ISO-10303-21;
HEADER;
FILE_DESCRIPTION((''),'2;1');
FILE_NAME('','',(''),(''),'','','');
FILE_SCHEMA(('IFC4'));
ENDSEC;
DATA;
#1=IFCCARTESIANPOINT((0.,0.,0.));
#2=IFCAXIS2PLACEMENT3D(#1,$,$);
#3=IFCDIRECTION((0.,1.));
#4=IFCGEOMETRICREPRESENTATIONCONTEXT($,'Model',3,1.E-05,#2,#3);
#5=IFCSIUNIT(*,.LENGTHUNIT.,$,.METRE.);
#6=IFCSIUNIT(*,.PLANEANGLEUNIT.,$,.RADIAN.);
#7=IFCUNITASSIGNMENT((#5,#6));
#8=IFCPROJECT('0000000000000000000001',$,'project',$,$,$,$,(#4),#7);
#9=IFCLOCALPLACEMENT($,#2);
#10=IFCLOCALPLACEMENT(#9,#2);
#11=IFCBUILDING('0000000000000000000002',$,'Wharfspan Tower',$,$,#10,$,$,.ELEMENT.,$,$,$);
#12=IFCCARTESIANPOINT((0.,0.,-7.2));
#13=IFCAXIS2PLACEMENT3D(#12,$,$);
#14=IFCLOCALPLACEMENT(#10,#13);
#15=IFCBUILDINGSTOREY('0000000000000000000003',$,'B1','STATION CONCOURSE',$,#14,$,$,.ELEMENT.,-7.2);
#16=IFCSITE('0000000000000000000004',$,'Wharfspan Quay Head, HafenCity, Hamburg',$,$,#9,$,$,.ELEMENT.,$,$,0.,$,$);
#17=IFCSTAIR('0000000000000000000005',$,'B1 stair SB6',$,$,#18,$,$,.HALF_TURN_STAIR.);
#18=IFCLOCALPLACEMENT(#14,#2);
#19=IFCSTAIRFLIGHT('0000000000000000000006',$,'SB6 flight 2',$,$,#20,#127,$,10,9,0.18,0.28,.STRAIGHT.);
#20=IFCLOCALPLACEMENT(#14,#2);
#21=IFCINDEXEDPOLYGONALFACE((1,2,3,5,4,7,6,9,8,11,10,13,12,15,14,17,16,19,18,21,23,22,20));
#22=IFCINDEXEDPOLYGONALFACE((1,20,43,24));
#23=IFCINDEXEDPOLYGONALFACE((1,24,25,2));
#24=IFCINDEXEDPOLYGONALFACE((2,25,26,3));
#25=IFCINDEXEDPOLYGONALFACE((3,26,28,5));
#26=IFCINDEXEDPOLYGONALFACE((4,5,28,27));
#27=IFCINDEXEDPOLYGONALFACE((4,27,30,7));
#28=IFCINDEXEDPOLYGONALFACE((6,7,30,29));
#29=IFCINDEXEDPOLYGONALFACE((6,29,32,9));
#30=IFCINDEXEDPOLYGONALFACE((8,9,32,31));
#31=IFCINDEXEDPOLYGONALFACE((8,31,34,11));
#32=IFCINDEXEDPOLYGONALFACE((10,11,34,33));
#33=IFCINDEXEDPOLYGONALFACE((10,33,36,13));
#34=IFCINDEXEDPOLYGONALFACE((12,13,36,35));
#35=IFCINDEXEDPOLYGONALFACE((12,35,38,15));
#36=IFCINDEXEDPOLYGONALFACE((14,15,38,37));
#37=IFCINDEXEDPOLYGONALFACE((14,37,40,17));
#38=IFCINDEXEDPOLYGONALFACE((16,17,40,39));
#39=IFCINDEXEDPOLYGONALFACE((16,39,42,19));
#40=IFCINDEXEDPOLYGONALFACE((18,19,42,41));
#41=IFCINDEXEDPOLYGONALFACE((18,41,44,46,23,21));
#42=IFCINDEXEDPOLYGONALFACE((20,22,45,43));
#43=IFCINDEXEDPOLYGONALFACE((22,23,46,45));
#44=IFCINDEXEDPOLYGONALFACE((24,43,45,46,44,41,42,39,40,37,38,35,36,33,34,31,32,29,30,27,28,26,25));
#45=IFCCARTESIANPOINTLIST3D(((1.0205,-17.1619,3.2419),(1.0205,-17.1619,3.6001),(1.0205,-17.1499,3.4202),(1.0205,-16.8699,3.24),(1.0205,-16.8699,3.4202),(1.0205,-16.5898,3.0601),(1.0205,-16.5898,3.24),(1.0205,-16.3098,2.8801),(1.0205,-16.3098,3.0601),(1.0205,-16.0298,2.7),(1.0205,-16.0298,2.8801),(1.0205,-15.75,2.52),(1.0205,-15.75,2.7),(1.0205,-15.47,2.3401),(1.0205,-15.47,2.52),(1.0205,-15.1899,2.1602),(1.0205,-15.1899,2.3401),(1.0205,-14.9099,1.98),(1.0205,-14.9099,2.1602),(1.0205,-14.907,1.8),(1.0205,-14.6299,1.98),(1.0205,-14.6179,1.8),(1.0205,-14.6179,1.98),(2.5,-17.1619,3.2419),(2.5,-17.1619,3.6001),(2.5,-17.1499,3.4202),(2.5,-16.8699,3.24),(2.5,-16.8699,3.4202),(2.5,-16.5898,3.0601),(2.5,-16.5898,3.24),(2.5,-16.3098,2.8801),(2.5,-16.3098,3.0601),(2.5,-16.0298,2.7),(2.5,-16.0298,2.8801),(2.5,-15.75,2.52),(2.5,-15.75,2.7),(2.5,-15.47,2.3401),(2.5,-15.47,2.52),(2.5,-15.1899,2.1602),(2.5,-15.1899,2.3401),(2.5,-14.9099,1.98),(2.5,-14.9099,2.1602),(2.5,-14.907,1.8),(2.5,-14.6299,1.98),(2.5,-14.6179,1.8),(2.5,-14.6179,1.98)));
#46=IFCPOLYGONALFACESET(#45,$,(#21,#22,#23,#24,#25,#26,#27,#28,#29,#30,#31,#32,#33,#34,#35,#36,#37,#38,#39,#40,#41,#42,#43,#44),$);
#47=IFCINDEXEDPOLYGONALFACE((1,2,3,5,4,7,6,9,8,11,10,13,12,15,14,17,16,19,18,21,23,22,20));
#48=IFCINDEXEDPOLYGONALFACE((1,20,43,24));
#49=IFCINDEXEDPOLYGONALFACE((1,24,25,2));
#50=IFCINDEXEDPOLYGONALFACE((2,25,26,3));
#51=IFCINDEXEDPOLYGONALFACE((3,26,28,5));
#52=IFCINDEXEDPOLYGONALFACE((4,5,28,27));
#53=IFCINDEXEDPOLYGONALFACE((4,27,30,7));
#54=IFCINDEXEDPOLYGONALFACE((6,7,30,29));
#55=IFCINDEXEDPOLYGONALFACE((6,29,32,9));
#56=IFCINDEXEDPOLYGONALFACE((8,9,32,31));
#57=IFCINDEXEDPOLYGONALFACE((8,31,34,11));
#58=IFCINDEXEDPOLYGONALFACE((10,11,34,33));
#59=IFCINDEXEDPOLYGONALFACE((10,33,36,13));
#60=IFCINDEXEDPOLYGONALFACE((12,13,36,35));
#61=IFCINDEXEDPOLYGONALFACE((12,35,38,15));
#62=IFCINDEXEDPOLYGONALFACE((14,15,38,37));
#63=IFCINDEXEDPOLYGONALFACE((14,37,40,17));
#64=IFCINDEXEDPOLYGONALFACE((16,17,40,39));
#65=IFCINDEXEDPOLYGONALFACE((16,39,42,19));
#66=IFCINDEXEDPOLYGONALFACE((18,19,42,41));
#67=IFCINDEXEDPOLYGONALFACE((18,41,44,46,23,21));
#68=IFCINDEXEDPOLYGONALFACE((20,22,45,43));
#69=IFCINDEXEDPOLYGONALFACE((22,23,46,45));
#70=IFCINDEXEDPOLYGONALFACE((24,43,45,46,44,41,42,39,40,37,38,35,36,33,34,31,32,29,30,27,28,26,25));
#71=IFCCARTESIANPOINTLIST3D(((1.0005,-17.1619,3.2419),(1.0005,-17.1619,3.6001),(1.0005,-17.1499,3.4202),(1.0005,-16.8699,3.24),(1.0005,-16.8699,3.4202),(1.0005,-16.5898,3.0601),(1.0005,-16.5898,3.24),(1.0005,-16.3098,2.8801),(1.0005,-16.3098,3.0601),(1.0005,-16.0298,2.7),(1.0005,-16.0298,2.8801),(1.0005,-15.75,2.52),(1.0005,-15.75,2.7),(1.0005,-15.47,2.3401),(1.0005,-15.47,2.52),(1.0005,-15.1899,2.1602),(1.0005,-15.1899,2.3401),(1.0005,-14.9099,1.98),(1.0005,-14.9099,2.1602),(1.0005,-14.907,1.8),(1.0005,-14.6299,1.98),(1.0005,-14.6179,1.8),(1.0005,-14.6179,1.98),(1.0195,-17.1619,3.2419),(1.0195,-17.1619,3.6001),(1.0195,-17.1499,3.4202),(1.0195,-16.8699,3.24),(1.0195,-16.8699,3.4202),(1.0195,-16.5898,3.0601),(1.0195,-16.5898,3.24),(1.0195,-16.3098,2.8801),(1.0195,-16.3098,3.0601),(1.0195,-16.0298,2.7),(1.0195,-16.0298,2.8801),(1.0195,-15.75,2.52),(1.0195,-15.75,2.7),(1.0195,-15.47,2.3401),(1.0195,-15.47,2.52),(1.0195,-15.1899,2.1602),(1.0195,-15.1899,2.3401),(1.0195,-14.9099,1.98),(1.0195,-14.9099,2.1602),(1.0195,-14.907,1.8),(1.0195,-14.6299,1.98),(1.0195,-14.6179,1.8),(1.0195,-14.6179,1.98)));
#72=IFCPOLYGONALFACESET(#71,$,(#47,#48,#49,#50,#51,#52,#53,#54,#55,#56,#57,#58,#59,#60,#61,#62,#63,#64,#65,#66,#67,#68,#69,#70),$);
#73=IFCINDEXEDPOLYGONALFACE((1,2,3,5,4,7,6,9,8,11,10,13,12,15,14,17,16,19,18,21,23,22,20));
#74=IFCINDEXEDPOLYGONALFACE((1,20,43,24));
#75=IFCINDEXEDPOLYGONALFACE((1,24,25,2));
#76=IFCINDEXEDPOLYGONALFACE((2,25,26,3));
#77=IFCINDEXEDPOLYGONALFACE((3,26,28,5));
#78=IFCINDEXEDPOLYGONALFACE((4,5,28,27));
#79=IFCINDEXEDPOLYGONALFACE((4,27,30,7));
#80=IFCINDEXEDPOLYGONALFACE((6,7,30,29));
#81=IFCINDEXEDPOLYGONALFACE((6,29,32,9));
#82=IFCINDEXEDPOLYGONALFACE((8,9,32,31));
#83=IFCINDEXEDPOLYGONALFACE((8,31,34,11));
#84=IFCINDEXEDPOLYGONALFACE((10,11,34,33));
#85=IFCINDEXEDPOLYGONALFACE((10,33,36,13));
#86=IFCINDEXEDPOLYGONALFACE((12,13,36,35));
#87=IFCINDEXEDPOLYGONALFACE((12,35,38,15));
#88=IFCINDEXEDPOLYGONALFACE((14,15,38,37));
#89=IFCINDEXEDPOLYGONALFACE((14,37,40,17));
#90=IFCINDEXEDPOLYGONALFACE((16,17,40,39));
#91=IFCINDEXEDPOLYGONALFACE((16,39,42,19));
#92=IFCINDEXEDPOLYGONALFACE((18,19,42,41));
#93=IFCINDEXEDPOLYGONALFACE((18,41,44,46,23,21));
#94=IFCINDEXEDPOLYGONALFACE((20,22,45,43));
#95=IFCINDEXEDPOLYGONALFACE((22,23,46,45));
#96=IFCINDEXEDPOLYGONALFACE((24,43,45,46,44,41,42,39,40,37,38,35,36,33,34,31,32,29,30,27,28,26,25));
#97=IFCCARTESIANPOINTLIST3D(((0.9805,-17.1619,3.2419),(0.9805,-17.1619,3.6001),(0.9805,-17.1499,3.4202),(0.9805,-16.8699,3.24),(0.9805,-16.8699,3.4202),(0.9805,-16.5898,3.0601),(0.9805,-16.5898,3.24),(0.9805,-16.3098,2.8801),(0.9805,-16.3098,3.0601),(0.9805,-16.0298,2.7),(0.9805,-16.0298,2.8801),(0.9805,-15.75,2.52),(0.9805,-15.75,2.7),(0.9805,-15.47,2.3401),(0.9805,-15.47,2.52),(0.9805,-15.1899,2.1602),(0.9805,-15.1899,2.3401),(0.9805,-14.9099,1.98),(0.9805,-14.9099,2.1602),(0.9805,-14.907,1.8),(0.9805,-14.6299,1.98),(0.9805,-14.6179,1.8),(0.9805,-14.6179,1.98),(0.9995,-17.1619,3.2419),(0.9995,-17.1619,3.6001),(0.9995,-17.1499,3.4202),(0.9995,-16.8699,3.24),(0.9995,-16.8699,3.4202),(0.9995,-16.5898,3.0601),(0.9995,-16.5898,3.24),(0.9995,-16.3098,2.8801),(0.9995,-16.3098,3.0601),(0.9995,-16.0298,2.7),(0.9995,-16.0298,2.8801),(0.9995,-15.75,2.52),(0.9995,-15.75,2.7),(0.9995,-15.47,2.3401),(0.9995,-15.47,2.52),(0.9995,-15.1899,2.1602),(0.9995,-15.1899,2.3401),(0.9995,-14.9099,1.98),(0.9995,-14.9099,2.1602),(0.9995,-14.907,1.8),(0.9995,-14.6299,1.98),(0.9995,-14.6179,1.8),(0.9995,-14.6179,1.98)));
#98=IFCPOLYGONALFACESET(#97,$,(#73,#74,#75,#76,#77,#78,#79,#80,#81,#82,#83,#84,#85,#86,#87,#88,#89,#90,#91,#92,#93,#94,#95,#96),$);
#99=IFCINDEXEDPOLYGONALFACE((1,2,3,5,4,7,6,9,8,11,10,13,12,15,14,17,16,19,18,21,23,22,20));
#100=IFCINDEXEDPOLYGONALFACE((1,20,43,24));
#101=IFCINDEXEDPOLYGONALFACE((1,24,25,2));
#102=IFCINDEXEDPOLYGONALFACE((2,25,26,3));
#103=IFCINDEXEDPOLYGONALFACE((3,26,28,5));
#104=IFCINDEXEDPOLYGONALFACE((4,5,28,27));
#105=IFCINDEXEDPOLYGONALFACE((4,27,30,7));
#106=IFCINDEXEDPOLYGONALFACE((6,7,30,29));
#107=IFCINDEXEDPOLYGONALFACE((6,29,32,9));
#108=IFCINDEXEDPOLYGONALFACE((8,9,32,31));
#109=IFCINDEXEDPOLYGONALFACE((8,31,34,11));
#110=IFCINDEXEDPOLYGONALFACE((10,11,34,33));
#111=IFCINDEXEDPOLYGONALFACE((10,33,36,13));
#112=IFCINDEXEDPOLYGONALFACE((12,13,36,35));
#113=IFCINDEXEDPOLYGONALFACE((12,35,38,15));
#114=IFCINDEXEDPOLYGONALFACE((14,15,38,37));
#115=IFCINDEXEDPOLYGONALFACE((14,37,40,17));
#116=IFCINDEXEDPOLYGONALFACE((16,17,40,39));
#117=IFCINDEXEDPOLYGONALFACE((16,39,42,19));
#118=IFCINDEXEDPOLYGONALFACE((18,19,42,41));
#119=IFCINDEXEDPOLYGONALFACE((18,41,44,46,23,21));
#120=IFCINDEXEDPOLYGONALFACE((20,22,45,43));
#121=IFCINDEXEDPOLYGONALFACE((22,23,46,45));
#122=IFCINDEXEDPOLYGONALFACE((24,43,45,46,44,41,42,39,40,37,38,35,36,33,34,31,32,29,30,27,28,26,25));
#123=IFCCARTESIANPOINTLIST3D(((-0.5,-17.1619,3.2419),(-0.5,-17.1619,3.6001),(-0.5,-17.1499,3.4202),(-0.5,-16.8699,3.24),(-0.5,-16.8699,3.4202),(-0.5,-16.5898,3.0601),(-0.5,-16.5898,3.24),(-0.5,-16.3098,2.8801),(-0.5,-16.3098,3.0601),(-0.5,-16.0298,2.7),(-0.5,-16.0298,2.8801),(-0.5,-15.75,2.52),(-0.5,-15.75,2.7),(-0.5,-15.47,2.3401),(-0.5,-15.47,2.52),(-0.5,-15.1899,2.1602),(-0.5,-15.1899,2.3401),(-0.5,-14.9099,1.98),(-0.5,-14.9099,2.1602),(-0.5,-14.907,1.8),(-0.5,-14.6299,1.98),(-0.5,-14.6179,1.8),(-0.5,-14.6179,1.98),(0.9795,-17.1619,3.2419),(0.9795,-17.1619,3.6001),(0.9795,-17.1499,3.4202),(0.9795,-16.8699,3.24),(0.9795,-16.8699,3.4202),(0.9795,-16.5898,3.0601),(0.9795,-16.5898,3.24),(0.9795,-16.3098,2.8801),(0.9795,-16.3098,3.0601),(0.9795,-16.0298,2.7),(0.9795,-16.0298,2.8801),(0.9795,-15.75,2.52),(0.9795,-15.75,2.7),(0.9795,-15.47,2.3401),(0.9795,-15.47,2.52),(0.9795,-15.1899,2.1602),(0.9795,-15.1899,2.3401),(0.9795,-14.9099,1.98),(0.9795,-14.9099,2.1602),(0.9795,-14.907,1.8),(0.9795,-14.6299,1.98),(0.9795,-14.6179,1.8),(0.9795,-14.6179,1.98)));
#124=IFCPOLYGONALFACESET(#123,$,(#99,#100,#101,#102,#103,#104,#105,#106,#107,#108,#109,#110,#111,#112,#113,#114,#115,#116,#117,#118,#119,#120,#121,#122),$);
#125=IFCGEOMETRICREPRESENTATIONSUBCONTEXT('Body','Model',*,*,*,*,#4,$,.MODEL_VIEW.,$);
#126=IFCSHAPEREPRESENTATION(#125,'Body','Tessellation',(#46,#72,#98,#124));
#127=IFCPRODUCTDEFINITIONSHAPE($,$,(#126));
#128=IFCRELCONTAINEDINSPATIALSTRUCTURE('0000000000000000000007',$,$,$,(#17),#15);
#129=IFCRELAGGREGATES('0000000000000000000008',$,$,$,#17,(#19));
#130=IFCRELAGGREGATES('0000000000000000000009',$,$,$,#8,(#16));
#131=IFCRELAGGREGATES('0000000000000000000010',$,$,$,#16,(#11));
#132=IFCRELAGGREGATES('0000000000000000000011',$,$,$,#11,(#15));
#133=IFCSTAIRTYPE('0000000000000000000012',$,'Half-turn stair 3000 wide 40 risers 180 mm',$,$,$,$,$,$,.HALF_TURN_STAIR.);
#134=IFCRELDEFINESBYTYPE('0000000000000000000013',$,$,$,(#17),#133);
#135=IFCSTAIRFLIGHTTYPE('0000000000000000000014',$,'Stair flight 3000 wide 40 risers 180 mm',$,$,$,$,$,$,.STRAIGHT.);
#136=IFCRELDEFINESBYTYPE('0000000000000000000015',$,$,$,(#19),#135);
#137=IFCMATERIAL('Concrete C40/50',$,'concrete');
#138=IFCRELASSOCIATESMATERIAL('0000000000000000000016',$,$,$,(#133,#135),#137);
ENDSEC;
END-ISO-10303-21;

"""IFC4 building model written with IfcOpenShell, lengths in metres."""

from ifc_helpers import new_model, si_unit, direction, frame, origin, place, context, subcontext, project, spatial, polyline, outline, extrude, material, type_object, element, aggregate, save


model = new_model("IFC4")

# Units and contexts
model_context = context("Model", 3, precision=1e-05, world=origin(), true_north=direction((0.0, 1.0)))
body_context = subcontext(model_context, "Body", "Model", "MODEL_VIEW")
ifc_project = project(units=[si_unit("LENGTHUNIT", "METRE"), si_unit("PLANEANGLEUNIT", "RADIAN")], contexts=[model_context])

# Site, building, storey
site_placement = place(None, origin())
site = spatial("IfcSite", under=ifc_project, at=site_placement, Name="Wharfspan Quay Head, HafenCity, Hamburg", CompositionType="ELEMENT", RefElevation=0.0)
building_placement = place(site_placement, origin())
building = spatial("IfcBuilding", under=site, at=building_placement, Name="Wharfspan Tower", CompositionType="ELEMENT")
storey_placement = place(building_placement, frame((0.0, 0.0, -7.2)))
storey = spatial("IfcBuildingStorey", under=building, at=storey_placement, Name="B1", Description="STATION CONCOURSE", CompositionType="ELEMENT", Elevation=-7.2)

# Stair, stair flight
ifc_material_1 = material(Name="Concrete C40/50", Category="concrete")
stair_type = type_object("IfcStairType", Name="Half-turn stair 3000 wide 40 risers 180 mm", PredefinedType="HALF_TURN_STAIR", material=ifc_material_1)
stair_placement = place(storey_placement, origin())
stair = element("IfcStair", 1, at=stair_placement, inside=storey, type_object=stair_type, Name="B1 stair SB6", PredefinedType="HALF_TURN_STAIR")
stair_flight_type = type_object("IfcStairFlightType", Name="Stair flight 3000 wide 40 risers 180 mm", PredefinedType="STRAIGHT", material=ifc_material_1)
stair_flight_1_placement = place(storey_placement, frame((1.0, -14.6299, 1.8), z_axis=(0.0, 0.0, 1.0), x_axis=(0.0, -1.0, 0.0)))
stair_flight_1 = element("IfcStairFlight", 2, at=stair_flight_1_placement, type_object=stair_flight_type, Name="SB6 flight 2", NumberOfRisers=10, NumberOfTreads=9, PredefinedType="STRAIGHT", RiserHeight=0.18, TreadLength=0.28, context=body_context, shape_type="SweptSolid", body=[
    extrude(outline(polyline([(-0.012, 0.0), (-0.012, 0.1799), (0.0, 0.1799), (0.28, 0.1799), (0.28, 0.3601), (0.5601, 0.3601), (0.5601, 0.54), (0.8401, 0.54), (0.8401, 0.72), (1.1201, 0.72), (1.1201, 0.8999), (1.3999, 0.8999), (1.3999, 1.0801), (1.6799, 1.0801), (1.6799, 1.26), (1.96, 1.26), (1.96, 1.4399), (2.24, 1.4399), (2.24, 1.6201), (2.52, 1.6201), (2.532, 1.8), (2.532, 1.4419), (0.2771, 0.0), (-0.012, 0.0)])), frame((0.0, 1.5, 0.0), z_axis=(0.0, -1.0, 0.0), x_axis=(1.0, 0.0, 0.0)), (0.0, 0.0, 1.0), 1.4795),
    extrude(outline(polyline([(-0.012, 0.0), (-0.012, 0.1799), (0.0, 0.1799), (0.28, 0.1799), (0.28, 0.3601), (0.5601, 0.3601), (0.5601, 0.54), (0.8401, 0.54), (0.8401, 0.72), (1.1201, 0.72), (1.1201, 0.8999), (1.3999, 0.8999), (1.3999, 1.0801), (1.6799, 1.0801), (1.6799, 1.26), (1.96, 1.26), (1.96, 1.4399), (2.24, 1.4399), (2.24, 1.6201), (2.52, 1.6201), (2.532, 1.8), (2.532, 1.4419), (0.2771, 0.0), (-0.012, 0.0)])), frame((0.0, 0.0195, 0.0), z_axis=(0.0, -1.0, 0.0), x_axis=(1.0, 0.0, 0.0)), (0.0, 0.0, 1.0), 0.019),
    extrude(outline(polyline([(-0.012, 0.0), (-0.012, 0.1799), (0.0, 0.1799), (0.28, 0.1799), (0.28, 0.3601), (0.5601, 0.3601), (0.5601, 0.54), (0.8401, 0.54), (0.8401, 0.72), (1.1201, 0.72), (1.1201, 0.8999), (1.3999, 0.8999), (1.3999, 1.0801), (1.6799, 1.0801), (1.6799, 1.26), (1.96, 1.26), (1.96, 1.4399), (2.24, 1.4399), (2.24, 1.6201), (2.52, 1.6201), (2.532, 1.8), (2.532, 1.4419), (0.2771, 0.0), (-0.012, 0.0)])), frame((0.0, -0.0005, 0.0), z_axis=(0.0, -1.0, 0.0), x_axis=(1.0, 0.0, 0.0)), (0.0, 0.0, 1.0), 0.019),
    extrude(outline(polyline([(-0.012, 0.0), (-0.012, 0.1799), (0.0, 0.1799), (0.28, 0.1799), (0.28, 0.3601), (0.5601, 0.3601), (0.5601, 0.54), (0.8401, 0.54), (0.8401, 0.72), (1.1201, 0.72), (1.1201, 0.8999), (1.3999, 0.8999), (1.3999, 1.0801), (1.6799, 1.0801), (1.6799, 1.26), (1.96, 1.26), (1.96, 1.4399), (2.24, 1.4399), (2.24, 1.6201), (2.52, 1.6201), (2.532, 1.8), (2.532, 1.4419), (0.2771, 0.0), (-0.012, 0.0)])), frame((0.0, -0.0205, 0.0), z_axis=(0.0, -1.0, 0.0), x_axis=(1.0, 0.0, 0.0)), (0.0, 0.0, 1.0), 1.4795),
])
aggregate(stair, [stair_flight_1])

save(model, "model.ifc")
